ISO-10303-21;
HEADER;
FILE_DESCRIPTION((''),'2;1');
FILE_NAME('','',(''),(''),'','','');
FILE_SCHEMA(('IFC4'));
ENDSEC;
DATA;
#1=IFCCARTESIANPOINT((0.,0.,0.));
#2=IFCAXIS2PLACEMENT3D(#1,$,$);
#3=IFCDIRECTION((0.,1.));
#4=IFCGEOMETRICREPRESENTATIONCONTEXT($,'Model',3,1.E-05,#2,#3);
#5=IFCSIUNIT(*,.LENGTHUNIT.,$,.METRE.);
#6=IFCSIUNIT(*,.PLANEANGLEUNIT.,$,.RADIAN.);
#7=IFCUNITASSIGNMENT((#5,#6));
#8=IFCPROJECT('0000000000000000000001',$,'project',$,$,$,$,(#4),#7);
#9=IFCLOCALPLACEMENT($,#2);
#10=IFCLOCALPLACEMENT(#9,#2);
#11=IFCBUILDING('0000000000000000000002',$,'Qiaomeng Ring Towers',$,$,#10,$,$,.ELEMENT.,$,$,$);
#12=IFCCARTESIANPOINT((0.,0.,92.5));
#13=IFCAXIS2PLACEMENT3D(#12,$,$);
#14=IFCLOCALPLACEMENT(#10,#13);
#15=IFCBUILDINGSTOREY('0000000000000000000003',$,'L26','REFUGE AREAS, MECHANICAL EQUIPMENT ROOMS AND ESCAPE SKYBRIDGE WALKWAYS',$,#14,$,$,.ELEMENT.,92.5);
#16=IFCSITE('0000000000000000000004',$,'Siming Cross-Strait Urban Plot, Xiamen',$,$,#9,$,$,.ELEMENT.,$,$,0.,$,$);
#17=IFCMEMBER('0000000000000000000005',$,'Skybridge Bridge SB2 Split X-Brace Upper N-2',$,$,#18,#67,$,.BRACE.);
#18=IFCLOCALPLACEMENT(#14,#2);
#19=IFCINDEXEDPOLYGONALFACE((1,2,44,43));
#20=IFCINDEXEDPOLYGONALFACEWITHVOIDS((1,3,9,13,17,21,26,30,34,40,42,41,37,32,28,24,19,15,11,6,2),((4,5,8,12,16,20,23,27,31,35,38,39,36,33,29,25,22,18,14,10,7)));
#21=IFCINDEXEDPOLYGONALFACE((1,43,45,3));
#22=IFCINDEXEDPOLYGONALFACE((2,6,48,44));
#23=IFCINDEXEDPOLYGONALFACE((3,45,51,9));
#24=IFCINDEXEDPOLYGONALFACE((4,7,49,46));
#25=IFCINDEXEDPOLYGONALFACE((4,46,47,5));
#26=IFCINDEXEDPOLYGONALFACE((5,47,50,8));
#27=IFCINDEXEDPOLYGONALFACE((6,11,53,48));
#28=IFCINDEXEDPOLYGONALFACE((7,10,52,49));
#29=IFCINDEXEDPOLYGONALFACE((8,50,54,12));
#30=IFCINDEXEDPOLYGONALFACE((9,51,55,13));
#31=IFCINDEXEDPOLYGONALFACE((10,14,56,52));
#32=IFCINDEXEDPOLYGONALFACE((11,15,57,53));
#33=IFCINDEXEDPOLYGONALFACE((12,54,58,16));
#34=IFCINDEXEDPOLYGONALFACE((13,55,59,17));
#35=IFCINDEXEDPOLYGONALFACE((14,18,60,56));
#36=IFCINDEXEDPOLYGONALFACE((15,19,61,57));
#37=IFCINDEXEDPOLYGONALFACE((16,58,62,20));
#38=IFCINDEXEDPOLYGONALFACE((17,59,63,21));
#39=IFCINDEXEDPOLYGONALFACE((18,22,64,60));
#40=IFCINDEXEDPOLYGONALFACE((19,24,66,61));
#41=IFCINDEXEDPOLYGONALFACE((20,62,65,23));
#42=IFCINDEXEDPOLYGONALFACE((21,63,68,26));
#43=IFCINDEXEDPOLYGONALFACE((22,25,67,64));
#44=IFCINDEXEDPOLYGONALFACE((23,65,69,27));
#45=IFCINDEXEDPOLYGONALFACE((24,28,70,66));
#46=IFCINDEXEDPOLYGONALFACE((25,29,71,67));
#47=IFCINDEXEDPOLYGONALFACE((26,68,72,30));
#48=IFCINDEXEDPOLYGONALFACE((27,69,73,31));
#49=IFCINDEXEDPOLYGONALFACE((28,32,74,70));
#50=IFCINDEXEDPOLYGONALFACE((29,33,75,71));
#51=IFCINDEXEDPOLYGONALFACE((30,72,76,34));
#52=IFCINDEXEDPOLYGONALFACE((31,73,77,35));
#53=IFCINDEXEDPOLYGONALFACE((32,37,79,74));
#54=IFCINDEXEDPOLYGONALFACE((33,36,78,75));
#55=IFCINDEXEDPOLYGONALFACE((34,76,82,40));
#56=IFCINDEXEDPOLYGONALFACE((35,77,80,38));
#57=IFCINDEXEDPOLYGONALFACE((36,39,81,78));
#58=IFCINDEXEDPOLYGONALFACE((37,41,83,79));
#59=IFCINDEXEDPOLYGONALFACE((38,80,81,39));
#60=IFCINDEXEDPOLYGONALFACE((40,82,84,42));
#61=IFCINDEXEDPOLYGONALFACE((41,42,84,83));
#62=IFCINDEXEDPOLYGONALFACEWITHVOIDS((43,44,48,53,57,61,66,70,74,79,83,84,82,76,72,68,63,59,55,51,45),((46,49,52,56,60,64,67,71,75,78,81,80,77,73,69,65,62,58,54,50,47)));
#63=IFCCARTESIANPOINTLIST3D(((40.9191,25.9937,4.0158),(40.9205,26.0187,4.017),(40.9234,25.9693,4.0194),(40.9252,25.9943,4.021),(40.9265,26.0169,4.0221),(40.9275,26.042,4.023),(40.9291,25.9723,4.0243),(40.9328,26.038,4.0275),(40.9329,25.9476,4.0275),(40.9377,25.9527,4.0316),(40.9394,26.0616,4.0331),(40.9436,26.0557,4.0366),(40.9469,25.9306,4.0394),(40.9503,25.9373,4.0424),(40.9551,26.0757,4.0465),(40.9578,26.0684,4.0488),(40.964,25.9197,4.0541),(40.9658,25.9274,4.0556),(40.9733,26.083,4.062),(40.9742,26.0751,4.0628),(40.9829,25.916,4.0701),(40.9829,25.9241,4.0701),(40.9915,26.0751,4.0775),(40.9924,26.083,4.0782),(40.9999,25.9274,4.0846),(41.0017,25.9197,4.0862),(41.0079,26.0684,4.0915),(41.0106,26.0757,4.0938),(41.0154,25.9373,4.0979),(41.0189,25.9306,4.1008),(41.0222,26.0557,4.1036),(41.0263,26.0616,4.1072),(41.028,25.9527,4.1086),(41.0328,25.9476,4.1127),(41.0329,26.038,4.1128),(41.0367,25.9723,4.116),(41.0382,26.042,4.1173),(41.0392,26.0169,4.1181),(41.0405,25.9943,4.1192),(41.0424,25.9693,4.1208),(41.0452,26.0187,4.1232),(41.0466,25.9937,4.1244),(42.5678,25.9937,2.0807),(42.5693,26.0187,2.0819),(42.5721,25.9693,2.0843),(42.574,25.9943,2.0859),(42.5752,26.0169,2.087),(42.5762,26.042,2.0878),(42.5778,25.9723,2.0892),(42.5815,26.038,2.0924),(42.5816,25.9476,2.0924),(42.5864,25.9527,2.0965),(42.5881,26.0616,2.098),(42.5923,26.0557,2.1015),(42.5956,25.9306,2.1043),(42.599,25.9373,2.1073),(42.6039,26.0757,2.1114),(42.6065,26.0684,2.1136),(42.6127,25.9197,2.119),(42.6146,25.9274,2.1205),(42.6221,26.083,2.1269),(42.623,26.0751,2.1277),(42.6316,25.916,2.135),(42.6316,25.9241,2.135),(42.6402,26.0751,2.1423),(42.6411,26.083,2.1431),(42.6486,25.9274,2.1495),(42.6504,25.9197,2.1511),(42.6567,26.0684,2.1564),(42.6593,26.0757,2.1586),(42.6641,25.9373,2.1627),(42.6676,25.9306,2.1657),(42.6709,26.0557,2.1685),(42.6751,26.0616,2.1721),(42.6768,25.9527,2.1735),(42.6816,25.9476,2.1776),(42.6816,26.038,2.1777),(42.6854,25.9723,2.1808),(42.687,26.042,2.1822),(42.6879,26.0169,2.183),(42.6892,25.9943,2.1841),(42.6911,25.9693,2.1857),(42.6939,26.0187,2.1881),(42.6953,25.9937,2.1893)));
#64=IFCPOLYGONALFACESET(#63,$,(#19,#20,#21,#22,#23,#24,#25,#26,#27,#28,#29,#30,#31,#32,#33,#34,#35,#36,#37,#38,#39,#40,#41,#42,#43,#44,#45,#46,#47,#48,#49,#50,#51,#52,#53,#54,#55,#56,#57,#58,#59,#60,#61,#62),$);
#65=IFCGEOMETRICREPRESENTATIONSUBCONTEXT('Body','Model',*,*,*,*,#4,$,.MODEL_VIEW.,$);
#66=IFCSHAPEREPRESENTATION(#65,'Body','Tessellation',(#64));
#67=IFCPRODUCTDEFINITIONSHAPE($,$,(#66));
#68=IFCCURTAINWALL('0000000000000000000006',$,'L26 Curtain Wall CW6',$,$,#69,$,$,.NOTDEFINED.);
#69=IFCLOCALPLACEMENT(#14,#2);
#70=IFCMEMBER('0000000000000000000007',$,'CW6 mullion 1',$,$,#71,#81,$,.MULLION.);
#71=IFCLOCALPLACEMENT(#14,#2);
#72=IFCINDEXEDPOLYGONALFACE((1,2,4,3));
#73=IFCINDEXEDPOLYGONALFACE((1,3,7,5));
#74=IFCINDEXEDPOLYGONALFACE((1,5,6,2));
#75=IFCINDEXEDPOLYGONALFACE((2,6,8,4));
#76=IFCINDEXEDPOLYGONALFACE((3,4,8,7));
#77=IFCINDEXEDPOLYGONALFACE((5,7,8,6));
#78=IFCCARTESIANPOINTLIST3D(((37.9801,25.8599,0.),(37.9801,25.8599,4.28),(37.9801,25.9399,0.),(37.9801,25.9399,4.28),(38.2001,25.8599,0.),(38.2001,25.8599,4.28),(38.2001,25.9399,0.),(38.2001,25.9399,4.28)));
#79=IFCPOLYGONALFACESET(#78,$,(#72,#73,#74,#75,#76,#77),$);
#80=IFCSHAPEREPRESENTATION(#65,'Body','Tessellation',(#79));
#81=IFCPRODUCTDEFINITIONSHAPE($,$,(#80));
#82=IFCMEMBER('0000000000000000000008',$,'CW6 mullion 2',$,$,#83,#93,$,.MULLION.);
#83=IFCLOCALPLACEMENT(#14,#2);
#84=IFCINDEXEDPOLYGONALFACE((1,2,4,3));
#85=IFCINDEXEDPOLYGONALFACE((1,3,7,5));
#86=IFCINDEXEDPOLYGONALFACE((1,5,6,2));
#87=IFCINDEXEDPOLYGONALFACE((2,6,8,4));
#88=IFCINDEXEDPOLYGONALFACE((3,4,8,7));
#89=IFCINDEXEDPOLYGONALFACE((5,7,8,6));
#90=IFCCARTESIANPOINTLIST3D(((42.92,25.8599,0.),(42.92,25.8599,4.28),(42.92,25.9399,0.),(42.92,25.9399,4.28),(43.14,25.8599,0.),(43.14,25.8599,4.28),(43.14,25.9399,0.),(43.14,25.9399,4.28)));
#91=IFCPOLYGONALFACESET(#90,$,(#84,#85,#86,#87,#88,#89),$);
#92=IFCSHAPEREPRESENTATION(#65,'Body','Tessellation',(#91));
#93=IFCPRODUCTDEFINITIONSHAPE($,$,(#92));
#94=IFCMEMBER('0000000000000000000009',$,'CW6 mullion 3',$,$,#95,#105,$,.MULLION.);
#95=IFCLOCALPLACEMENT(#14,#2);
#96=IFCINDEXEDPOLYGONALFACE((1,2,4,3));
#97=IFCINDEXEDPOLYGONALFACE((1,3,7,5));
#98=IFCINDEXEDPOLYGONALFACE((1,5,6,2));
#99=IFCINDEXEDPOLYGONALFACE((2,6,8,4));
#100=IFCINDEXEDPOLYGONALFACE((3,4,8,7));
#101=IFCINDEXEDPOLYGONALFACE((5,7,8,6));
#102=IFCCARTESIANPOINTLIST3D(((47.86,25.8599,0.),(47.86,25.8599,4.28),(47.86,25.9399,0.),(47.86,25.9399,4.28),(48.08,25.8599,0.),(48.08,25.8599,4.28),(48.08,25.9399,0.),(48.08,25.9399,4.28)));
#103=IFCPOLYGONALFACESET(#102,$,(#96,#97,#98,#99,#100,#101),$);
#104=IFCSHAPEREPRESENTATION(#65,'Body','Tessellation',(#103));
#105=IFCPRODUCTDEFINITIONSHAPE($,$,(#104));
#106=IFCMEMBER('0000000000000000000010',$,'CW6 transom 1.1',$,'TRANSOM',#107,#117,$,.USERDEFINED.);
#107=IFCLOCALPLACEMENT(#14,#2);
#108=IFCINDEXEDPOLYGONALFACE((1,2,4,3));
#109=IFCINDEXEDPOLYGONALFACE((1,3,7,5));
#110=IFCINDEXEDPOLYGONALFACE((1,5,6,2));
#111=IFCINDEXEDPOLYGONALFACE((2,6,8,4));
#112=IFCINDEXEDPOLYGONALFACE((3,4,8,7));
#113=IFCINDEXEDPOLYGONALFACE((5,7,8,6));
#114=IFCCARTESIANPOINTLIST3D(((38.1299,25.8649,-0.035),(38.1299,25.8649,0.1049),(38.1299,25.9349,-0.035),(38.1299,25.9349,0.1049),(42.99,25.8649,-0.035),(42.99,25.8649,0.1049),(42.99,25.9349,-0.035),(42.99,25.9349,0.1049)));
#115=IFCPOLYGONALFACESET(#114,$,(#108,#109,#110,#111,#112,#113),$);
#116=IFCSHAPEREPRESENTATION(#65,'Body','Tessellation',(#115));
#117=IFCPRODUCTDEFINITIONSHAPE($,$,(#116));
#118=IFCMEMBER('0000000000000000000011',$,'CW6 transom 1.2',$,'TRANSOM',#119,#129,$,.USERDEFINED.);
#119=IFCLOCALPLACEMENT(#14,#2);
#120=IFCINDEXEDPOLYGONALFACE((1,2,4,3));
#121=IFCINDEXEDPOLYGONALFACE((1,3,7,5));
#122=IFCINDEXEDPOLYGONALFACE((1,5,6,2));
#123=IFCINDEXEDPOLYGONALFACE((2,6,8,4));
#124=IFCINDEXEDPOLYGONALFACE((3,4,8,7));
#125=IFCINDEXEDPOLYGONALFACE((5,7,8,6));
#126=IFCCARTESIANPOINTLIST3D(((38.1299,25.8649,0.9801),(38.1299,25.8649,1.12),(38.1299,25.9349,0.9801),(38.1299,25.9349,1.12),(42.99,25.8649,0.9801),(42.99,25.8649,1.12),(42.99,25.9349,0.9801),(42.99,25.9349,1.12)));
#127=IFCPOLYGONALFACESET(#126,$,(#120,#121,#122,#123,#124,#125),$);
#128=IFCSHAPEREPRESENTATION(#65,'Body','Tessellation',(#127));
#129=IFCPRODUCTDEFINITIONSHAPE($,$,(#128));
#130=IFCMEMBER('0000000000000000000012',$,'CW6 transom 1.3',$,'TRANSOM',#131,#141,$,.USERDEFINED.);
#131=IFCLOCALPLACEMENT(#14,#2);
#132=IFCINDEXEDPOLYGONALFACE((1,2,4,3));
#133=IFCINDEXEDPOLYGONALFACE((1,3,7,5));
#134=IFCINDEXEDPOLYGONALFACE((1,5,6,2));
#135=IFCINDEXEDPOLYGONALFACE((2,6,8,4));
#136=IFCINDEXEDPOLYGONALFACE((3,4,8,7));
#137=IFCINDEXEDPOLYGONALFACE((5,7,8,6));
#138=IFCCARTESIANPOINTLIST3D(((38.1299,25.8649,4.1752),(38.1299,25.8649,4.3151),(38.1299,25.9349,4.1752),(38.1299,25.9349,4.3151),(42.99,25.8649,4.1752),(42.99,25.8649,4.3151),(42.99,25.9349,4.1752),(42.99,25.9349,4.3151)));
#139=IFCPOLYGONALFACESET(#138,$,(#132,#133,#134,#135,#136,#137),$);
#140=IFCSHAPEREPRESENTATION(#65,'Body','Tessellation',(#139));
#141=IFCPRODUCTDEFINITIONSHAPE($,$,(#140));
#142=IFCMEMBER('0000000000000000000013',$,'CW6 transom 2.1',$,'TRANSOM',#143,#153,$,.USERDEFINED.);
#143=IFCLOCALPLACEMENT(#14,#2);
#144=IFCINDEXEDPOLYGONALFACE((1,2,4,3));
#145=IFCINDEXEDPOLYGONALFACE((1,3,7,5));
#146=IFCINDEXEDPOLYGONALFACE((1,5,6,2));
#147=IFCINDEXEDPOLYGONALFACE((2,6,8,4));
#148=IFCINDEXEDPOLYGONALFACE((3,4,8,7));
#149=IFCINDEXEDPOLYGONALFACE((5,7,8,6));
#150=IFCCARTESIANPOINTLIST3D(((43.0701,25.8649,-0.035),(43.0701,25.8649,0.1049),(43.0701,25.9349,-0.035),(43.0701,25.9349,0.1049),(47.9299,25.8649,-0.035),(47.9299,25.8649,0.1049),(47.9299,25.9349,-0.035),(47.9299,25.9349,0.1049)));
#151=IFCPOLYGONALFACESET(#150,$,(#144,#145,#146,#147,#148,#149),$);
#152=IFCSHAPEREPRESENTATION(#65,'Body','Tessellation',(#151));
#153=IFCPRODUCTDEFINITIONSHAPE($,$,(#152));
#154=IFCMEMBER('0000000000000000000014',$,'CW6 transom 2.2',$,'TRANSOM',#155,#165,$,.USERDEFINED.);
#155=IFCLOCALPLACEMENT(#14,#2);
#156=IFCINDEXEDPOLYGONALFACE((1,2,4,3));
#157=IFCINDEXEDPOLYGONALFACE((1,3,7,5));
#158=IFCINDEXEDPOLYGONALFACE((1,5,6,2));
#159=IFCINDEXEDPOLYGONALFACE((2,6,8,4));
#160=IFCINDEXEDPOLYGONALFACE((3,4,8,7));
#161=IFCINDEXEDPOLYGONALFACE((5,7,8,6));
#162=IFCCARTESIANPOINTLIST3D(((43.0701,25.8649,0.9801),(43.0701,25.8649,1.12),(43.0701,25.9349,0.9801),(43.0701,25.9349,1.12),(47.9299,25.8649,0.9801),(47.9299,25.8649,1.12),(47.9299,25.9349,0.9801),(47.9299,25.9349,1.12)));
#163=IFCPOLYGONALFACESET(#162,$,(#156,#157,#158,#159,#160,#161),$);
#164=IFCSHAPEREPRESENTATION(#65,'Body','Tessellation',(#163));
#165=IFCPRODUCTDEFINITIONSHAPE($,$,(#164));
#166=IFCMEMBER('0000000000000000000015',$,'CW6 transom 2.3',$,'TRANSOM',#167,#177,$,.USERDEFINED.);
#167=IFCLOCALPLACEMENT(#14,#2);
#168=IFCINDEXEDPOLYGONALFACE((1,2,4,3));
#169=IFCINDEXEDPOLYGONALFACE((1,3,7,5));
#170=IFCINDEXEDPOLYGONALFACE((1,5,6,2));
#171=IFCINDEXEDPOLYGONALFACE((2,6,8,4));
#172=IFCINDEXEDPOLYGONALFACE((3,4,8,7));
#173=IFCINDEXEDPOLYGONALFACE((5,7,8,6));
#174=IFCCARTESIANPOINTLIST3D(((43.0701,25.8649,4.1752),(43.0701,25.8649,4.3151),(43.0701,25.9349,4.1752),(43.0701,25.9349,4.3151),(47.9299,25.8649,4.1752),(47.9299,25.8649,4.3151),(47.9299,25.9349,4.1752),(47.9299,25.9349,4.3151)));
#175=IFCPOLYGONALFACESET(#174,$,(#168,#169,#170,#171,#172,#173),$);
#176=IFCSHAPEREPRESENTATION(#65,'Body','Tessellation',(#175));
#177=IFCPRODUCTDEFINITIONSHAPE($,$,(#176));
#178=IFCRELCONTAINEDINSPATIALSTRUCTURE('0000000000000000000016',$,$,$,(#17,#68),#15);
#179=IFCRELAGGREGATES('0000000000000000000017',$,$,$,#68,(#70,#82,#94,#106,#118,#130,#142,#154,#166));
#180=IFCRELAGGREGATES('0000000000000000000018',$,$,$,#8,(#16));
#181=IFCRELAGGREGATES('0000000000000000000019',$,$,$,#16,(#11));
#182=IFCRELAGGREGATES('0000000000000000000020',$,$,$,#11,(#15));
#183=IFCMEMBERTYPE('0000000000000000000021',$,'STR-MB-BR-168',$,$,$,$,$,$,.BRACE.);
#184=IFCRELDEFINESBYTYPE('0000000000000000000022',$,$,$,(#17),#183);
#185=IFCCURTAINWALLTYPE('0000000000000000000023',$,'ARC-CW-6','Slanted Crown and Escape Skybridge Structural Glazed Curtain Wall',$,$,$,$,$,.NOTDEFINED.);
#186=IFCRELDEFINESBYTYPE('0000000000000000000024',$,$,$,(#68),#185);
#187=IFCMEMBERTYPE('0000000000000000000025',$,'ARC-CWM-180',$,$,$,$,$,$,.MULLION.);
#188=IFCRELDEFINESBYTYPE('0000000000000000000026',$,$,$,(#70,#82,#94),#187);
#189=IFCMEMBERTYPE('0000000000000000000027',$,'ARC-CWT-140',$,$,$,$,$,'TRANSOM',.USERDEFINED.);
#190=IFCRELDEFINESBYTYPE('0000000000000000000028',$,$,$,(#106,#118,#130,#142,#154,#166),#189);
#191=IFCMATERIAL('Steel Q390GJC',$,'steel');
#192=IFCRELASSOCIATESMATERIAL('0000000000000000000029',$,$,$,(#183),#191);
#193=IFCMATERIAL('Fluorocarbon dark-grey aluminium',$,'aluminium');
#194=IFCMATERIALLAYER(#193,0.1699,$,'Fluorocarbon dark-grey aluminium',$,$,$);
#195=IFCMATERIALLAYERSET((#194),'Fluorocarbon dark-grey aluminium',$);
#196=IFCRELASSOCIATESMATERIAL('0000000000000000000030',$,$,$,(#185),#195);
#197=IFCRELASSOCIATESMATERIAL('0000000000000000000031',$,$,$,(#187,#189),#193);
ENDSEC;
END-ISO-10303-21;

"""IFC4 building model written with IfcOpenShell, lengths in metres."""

from ifc_helpers import new_model, si_unit, direction, frame, origin, origin_2d, place, context, subcontext, project, spatial, rectangle, hollow_circle, extrude, source, transform, mapped, material, layer, layer_set, material_profile, profile_set, type_object, element, aggregate, save


model = new_model("IFC4")

# Units and contexts
model_context = context("Model", 3, precision=1e-05, world=origin(), true_north=direction((0.0, 1.0)))
body_context = subcontext(model_context, "Body", "Model", "MODEL_VIEW")
ifc_project = project(units=[si_unit("LENGTHUNIT", "METRE"), si_unit("PLANEANGLEUNIT", "RADIAN")], contexts=[model_context])

# Site, building, storey
site_placement = place(None, origin())
site = spatial("IfcSite", under=ifc_project, at=site_placement, Name="Siming Cross-Strait Urban Plot, Xiamen", CompositionType="ELEMENT", RefElevation=0.0)
building_placement = place(site_placement, origin())
building = spatial("IfcBuilding", under=site, at=building_placement, Name="Qiaomeng Ring Towers", CompositionType="ELEMENT")
storey_placement = place(building_placement, frame((0.0, 0.0, 92.5)))
storey = spatial("IfcBuildingStorey", under=building, at=storey_placement, Name="L26", Description="REFUGE AREAS, MECHANICAL EQUIPMENT ROOMS AND ESCAPE SKYBRIDGE WALKWAYS", CompositionType="ELEMENT", Elevation=92.5)

# Shared definitions
ifc_material_1 = material(Name="Steel Q390GJC", Category="steel")

# Member
ifc_material_profile_1 = material_profile(ifc_material_1, hollow_circle(Radius=0.084, WallThickness=0.0081, at=origin_2d()), Name="CHS 168x8")
ifc_profile_set_1 = profile_set([ifc_material_profile_1], Name="Steel Q390GJC")
member_type_1 = type_object("IfcMemberType", Name="STR-MB-BR-168", PredefinedType="BRACE", material=ifc_profile_set_1)
shared_shape_1 = source(origin(), body_context, "Body", "SweptSolid", [
    extrude(hollow_circle(Radius=0.084, WallThickness=0.0081, at=origin_2d()), origin(), (0.0, 0.0, 1.0), 2.5422),
])
member_1_placement = place(storey_placement, frame((42.6316, 26.0, 2.135), z_axis=(-0.648534, 0.0, 0.761185), x_axis=(0.0, -1.0, 0.0)))
element("IfcMember", 1, at=member_1_placement, inside=storey, type_object=member_type_1, Name="Skybridge Bridge SB2 Split X-Brace Upper N-2", PredefinedType="BRACE", context=body_context, shape_type="MappedRepresentation", body=[
    mapped(shared_shape_1, transform((0.0, 0.0, 0.0), x_axis=(1.0, 0.0, 0.0), y_axis=(0.0, 1.0, 0.0), z_axis=(0.0, 0.0, 1.0), scale=1.0)),
])

# Curtain wall, members
ifc_material_2 = material(Name="Fluorocarbon dark-grey aluminium", Category="aluminium")
ifc_layer_1 = layer(ifc_material_2, 0.1699, Name="Fluorocarbon dark-grey aluminium")
ifc_layer_set_1 = layer_set([ifc_layer_1], Name="Fluorocarbon dark-grey aluminium")
curtain_wall_type = type_object("IfcCurtainWallType", Name="ARC-CW-6", Description="Slanted Crown and Escape Skybridge Structural Glazed Curtain Wall", PredefinedType="NOTDEFINED", material=ifc_layer_set_1)
curtain_wall_placement = place(storey_placement, origin())
curtain_wall = element("IfcCurtainWall", 2, at=curtain_wall_placement, inside=storey, type_object=curtain_wall_type, Name="L26 Curtain Wall CW6", PredefinedType="NOTDEFINED")
ifc_material_profile_2 = material_profile(ifc_material_2, rectangle(XDim=0.0801, YDim=0.22, at=origin_2d()), Name="ALU MULL 80x220")
ifc_profile_set_2 = profile_set([ifc_material_profile_2], Name="Fluorocarbon dark-grey aluminium")
member_type_2 = type_object("IfcMemberType", Name="ARC-CWM-180", PredefinedType="MULLION", material=ifc_profile_set_2)
shared_shape_2 = source(origin(), body_context, "Body", "SweptSolid", [
    extrude(rectangle(XDim=0.0801, YDim=0.22, at=origin_2d()), origin(), (0.0, 0.0, 1.0), 4.28),
])
member_2_placement = place(storey_placement, frame((38.0901, 25.8999, 0.0), z_axis=(0.0, 0.0, 1.0), x_axis=(0.0, 1.0, 0.0)))
member_2 = element("IfcMember", 3, at=member_2_placement, type_object=member_type_2, Name="CW6 mullion 1", PredefinedType="MULLION", context=body_context, shape_type="MappedRepresentation", body=[
    mapped(shared_shape_2, transform((0.0, 0.0, 0.0), x_axis=(1.0, 0.0, 0.0), y_axis=(0.0, 1.0, 0.0), z_axis=(0.0, 0.0, 1.0), scale=1.0)),
])
member_3_placement = place(storey_placement, frame((43.03, 25.8999, 0.0), z_axis=(0.0, 0.0, 1.0), x_axis=(0.0, 1.0, 0.0)))
member_3 = element("IfcMember", 4, at=member_3_placement, type_object=member_type_2, Name="CW6 mullion 2", PredefinedType="MULLION", context=body_context, shape_type="MappedRepresentation", body=[
    mapped(shared_shape_2, transform((0.0, 0.0, 0.0), x_axis=(1.0, 0.0, 0.0), y_axis=(0.0, 1.0, 0.0), z_axis=(0.0, 0.0, 1.0), scale=1.0)),
])
member_4_placement = place(storey_placement, frame((47.97, 25.8999, 0.0), z_axis=(0.0, 0.0, 1.0), x_axis=(0.0, 1.0, 0.0)))
member_4 = element("IfcMember", 5, at=member_4_placement, type_object=member_type_2, Name="CW6 mullion 3", PredefinedType="MULLION", context=body_context, shape_type="MappedRepresentation", body=[
    mapped(shared_shape_2, transform((0.0, 0.0, 0.0), x_axis=(1.0, 0.0, 0.0), y_axis=(0.0, 1.0, 0.0), z_axis=(0.0, 0.0, 1.0), scale=1.0)),
])
ifc_material_profile_3 = material_profile(ifc_material_2, rectangle(XDim=0.0701, YDim=0.1399, at=origin_2d()), Name="ALU TRAN 70x140")
ifc_profile_set_3 = profile_set([ifc_material_profile_3], Name="Fluorocarbon dark-grey aluminium")
member_type_3 = type_object("IfcMemberType", Name="ARC-CWT-140", ElementType="TRANSOM", PredefinedType="USERDEFINED", material=ifc_profile_set_3)
shared_shape_3 = source(origin(), body_context, "Body", "SweptSolid", [
    extrude(rectangle(XDim=0.0701, YDim=0.1399, at=origin_2d()), origin(), (0.0, 0.0, 1.0), 4.8601),
])
member_5_placement = place(storey_placement, frame((38.1299, 25.8999, 0.0349), z_axis=(1.0, 0.0, 0.0), x_axis=(0.0, 1.0, 0.0)))
member_5 = element("IfcMember", 6, at=member_5_placement, type_object=member_type_3, Name="CW6 transom 1.1", ObjectType="TRANSOM", PredefinedType="USERDEFINED", context=body_context, shape_type="MappedRepresentation", body=[
    mapped(shared_shape_3, transform((0.0, 0.0, 0.0), x_axis=(1.0, 0.0, 0.0), y_axis=(0.0, 1.0, 0.0), z_axis=(0.0, 0.0, 1.0), scale=1.0)),
])
member_6_placement = place(storey_placement, frame((38.1299, 25.8999, 1.05), z_axis=(1.0, 0.0, 0.0), x_axis=(0.0, 1.0, 0.0)))
member_6 = element("IfcMember", 7, at=member_6_placement, type_object=member_type_3, Name="CW6 transom 1.2", ObjectType="TRANSOM", PredefinedType="USERDEFINED", context=body_context, shape_type="MappedRepresentation", body=[
    mapped(shared_shape_3, transform((0.0, 0.0, 0.0), x_axis=(1.0, 0.0, 0.0), y_axis=(0.0, 1.0, 0.0), z_axis=(0.0, 0.0, 1.0), scale=1.0)),
])
member_7_placement = place(storey_placement, frame((38.1299, 25.8999, 4.2451), z_axis=(1.0, 0.0, 0.0), x_axis=(0.0, 1.0, 0.0)))
member_7 = element("IfcMember", 8, at=member_7_placement, type_object=member_type_3, Name="CW6 transom 1.3", ObjectType="TRANSOM", PredefinedType="USERDEFINED", context=body_context, shape_type="MappedRepresentation", body=[
    mapped(shared_shape_3, transform((0.0, 0.0, 0.0), x_axis=(1.0, 0.0, 0.0), y_axis=(0.0, 1.0, 0.0), z_axis=(0.0, 0.0, 1.0), scale=1.0)),
])
shared_shape_4 = source(origin(), body_context, "Body", "SweptSolid", [
    extrude(rectangle(XDim=0.0701, YDim=0.1399, at=origin_2d()), origin(), (0.0, 0.0, 1.0), 4.8599),
])
member_8_placement = place(storey_placement, frame((43.0701, 25.8999, 0.0349), z_axis=(1.0, 0.0, 0.0), x_axis=(0.0, 1.0, 0.0)))
member_8 = element("IfcMember", 9, at=member_8_placement, type_object=member_type_3, Name="CW6 transom 2.1", ObjectType="TRANSOM", PredefinedType="USERDEFINED", context=body_context, shape_type="MappedRepresentation", body=[
    mapped(shared_shape_4, transform((0.0, 0.0, 0.0), x_axis=(1.0, 0.0, 0.0), y_axis=(0.0, 1.0, 0.0), z_axis=(0.0, 0.0, 1.0), scale=1.0)),
])
member_9_placement = place(storey_placement, frame((43.0701, 25.8999, 1.05), z_axis=(1.0, 0.0, 0.0), x_axis=(0.0, 1.0, 0.0)))
member_9 = element("IfcMember", 10, at=member_9_placement, type_object=member_type_3, Name="CW6 transom 2.2", ObjectType="TRANSOM", PredefinedType="USERDEFINED", context=body_context, shape_type="MappedRepresentation", body=[
    mapped(shared_shape_4, transform((0.0, 0.0, 0.0), x_axis=(1.0, 0.0, 0.0), y_axis=(0.0, 1.0, 0.0), z_axis=(0.0, 0.0, 1.0), scale=1.0)),
])
member_10_placement = place(storey_placement, frame((43.0701, 25.8999, 4.2451), z_axis=(1.0, 0.0, 0.0), x_axis=(0.0, 1.0, 0.0)))
member_10 = element("IfcMember", 11, at=member_10_placement, type_object=member_type_3, Name="CW6 transom 2.3", ObjectType="TRANSOM", PredefinedType="USERDEFINED", context=body_context, shape_type="MappedRepresentation", body=[
    mapped(shared_shape_4, transform((0.0, 0.0, 0.0), x_axis=(1.0, 0.0, 0.0), y_axis=(0.0, 1.0, 0.0), z_axis=(0.0, 0.0, 1.0), scale=1.0)),
])

aggregate(curtain_wall, [member_2, member_3, member_4, member_5, member_6, member_7, member_8, member_9, member_10])

save(model, "model.ifc")
